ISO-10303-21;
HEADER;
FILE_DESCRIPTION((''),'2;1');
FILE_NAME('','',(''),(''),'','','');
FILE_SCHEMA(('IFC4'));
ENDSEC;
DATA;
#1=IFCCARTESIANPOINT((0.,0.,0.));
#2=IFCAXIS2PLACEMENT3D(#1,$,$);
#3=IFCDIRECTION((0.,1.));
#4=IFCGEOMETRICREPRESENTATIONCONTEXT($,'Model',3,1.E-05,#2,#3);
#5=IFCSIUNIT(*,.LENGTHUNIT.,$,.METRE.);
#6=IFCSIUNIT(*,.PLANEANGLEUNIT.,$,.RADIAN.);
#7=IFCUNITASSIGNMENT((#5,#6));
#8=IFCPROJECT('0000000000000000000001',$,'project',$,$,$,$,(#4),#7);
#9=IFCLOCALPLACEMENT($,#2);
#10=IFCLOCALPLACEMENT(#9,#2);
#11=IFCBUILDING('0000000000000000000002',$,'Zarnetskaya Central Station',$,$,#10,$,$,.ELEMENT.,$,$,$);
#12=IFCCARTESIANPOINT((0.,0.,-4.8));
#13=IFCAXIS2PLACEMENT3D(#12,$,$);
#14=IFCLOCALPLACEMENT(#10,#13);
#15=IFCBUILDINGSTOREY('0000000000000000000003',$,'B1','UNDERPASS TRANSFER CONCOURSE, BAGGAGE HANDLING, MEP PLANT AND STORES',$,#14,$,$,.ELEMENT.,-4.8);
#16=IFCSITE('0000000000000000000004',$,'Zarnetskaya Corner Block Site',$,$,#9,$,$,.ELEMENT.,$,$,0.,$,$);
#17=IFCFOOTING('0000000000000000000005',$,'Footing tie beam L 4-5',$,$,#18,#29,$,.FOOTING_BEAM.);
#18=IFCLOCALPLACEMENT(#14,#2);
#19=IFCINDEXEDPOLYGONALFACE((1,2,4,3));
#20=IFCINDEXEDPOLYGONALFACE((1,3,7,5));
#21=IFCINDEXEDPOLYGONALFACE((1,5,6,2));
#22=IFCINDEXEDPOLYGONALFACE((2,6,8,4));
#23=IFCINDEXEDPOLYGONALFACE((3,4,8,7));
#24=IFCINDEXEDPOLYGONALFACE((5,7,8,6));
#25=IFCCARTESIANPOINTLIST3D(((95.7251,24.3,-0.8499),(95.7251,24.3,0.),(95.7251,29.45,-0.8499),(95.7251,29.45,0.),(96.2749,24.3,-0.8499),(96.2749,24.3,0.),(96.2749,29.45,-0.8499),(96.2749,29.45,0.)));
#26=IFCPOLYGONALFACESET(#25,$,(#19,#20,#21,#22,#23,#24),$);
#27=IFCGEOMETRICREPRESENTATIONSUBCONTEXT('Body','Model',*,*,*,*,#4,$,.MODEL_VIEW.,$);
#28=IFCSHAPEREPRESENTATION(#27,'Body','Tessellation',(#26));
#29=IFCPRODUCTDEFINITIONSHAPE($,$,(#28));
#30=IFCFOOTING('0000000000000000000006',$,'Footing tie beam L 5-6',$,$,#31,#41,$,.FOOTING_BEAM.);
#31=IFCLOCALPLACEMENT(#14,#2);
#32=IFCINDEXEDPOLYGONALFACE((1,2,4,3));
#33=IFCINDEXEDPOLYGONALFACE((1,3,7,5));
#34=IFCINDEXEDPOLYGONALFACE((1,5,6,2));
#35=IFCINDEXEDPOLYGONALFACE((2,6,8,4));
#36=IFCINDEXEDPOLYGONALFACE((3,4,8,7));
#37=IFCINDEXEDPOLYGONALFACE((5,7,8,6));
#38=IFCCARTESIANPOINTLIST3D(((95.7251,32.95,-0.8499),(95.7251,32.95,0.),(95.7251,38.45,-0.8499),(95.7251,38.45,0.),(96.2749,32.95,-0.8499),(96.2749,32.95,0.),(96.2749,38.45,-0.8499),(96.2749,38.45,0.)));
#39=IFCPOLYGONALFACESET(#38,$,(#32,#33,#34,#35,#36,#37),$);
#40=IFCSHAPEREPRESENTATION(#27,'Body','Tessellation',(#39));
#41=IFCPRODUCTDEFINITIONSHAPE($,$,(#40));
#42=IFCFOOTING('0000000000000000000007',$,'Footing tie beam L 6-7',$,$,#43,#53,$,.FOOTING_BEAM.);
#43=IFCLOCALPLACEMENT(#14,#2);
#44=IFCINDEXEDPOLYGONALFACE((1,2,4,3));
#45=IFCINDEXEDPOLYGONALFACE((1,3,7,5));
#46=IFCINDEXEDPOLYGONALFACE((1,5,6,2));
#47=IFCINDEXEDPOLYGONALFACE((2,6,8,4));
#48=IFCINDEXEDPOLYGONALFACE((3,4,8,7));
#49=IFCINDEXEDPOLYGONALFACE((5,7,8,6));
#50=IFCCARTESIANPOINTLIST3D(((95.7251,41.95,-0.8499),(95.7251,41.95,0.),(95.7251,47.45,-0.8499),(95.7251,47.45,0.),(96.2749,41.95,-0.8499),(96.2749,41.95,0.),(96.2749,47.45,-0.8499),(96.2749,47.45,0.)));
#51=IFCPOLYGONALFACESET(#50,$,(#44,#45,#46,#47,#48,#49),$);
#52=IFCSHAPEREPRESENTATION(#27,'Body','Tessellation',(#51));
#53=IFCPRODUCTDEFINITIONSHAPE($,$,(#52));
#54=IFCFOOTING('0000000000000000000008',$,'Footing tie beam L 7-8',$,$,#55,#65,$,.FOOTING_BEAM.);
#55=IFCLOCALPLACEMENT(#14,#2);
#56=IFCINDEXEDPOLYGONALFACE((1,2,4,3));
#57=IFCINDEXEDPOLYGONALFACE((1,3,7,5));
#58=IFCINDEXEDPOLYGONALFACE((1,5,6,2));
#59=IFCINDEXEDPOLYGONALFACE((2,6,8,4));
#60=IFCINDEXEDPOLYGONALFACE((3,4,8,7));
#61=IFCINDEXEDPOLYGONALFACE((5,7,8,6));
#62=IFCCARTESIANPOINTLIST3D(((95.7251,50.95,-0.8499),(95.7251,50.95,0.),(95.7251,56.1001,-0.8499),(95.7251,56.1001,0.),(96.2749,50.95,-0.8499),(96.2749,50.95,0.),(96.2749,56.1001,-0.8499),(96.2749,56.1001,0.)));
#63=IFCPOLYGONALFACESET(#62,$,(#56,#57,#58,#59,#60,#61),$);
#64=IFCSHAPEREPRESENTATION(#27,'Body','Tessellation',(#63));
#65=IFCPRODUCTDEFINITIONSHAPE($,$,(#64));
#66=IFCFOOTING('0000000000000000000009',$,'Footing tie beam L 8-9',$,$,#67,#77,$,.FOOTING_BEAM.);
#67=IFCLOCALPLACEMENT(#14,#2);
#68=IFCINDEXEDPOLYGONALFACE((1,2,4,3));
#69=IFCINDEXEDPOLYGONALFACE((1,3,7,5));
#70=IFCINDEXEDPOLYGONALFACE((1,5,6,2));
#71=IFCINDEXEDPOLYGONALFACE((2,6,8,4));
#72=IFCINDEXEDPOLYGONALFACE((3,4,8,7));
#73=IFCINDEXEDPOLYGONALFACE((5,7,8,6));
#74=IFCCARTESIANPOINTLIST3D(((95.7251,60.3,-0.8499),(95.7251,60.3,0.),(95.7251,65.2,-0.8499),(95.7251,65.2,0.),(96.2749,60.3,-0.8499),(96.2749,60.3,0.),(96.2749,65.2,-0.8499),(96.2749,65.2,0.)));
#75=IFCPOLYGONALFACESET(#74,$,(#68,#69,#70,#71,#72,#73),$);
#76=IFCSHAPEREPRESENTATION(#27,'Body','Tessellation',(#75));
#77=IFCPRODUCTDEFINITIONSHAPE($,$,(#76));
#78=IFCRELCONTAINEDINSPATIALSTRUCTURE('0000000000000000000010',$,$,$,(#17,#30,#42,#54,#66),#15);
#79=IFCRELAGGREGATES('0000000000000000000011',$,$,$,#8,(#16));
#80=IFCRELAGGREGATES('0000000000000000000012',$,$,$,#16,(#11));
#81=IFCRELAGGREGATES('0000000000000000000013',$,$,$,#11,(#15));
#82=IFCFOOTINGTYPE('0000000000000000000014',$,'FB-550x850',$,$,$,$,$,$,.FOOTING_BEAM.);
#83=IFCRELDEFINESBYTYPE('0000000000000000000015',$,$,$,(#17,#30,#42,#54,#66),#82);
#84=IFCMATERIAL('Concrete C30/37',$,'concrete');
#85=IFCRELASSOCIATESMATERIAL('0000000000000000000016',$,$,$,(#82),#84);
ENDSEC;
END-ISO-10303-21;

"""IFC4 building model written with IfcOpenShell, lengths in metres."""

from ifc_helpers import new_model, si_unit, direction, frame, origin, place, context, subcontext, project, spatial, polyline, outline, extrude, material, type_object, element, save


model = new_model("IFC4")

# Units and contexts
model_context = context("Model", 3, precision=1e-05, world=origin(), true_north=direction((0.0, 1.0)))
body_context = subcontext(model_context, "Body", "Model", "MODEL_VIEW")
ifc_project = project(units=[si_unit("LENGTHUNIT", "METRE"), si_unit("PLANEANGLEUNIT", "RADIAN")], contexts=[model_context])

# Site, building, storey
site_placement = place(None, origin())
site = spatial("IfcSite", under=ifc_project, at=site_placement, Name="Zarnetskaya Corner Block Site", CompositionType="ELEMENT", RefElevation=0.0)
building_placement = place(site_placement, origin())
building = spatial("IfcBuilding", under=site, at=building_placement, Name="Zarnetskaya Central Station", CompositionType="ELEMENT")
storey_placement = place(building_placement, frame((0.0, 0.0, -4.8)))
storey = spatial("IfcBuildingStorey", under=building, at=storey_placement, Name="B1", Description="UNDERPASS TRANSFER CONCOURSE, BAGGAGE HANDLING, MEP PLANT AND STORES", CompositionType="ELEMENT", Elevation=-4.8)

# Footings
ifc_material = material(Name="Concrete C30/37", Category="concrete")
footing_type = type_object("IfcFootingType", Name="FB-550x850", PredefinedType="FOOTING_BEAM", material=ifc_material)
footing_1_placement = place(storey_placement, frame((0.0, 0.0, -0.8499)))
element("IfcFooting", 1, at=footing_1_placement, inside=storey, type_object=footing_type, Name="Footing tie beam L 4-5", PredefinedType="FOOTING_BEAM", context=body_context, shape_type="SweptSolid", body=[
    extrude(outline(polyline([(95.7251, 24.3), (96.2749, 24.3), (96.2749, 29.45), (95.7251, 29.45), (95.7251, 24.3)])), origin(), (0.0, 0.0, 1.0), 0.8499),
])
footing_2_placement = place(storey_placement, frame((0.0, 0.0, -0.8499)))
element("IfcFooting", 2, at=footing_2_placement, inside=storey, type_object=footing_type, Name="Footing tie beam L 5-6", PredefinedType="FOOTING_BEAM", context=body_context, shape_type="SweptSolid", body=[
    extrude(outline(polyline([(95.7251, 32.95), (96.2749, 32.95), (96.2749, 38.45), (95.7251, 38.45), (95.7251, 32.95)])), origin(), (0.0, 0.0, 1.0), 0.8499),
])
footing_3_placement = place(storey_placement, frame((0.0, 0.0, -0.8499)))
element("IfcFooting", 3, at=footing_3_placement, inside=storey, type_object=footing_type, Name="Footing tie beam L 6-7", PredefinedType="FOOTING_BEAM", context=body_context, shape_type="SweptSolid", body=[
    extrude(outline(polyline([(95.7251, 41.95), (96.2749, 41.95), (96.2749, 47.45), (95.7251, 47.45), (95.7251, 41.95)])), origin(), (0.0, 0.0, 1.0), 0.8499),
])
footing_4_placement = place(storey_placement, frame((0.0, 0.0, -0.8499)))
element("IfcFooting", 4, at=footing_4_placement, inside=storey, type_object=footing_type, Name="Footing tie beam L 7-8", PredefinedType="FOOTING_BEAM", context=body_context, shape_type="SweptSolid", body=[
    extrude(outline(polyline([(95.7251, 50.95), (96.2749, 50.95), (96.2749, 56.1001), (95.7251, 56.1001), (95.7251, 50.95)])), origin(), (0.0, 0.0, 1.0), 0.8499),
])
footing_5_placement = place(storey_placement, frame((0.0, 0.0, -0.8499)))
element("IfcFooting", 5, at=footing_5_placement, inside=storey, type_object=footing_type, Name="Footing tie beam L 8-9", PredefinedType="FOOTING_BEAM", context=body_context, shape_type="SweptSolid", body=[
    extrude(outline(polyline([(95.7251, 60.3), (96.2749, 60.3), (96.2749, 65.2), (95.7251, 65.2), (95.7251, 60.3)])), origin(), (0.0, 0.0, 1.0), 0.8499),
])

save(model, "model.ifc")
